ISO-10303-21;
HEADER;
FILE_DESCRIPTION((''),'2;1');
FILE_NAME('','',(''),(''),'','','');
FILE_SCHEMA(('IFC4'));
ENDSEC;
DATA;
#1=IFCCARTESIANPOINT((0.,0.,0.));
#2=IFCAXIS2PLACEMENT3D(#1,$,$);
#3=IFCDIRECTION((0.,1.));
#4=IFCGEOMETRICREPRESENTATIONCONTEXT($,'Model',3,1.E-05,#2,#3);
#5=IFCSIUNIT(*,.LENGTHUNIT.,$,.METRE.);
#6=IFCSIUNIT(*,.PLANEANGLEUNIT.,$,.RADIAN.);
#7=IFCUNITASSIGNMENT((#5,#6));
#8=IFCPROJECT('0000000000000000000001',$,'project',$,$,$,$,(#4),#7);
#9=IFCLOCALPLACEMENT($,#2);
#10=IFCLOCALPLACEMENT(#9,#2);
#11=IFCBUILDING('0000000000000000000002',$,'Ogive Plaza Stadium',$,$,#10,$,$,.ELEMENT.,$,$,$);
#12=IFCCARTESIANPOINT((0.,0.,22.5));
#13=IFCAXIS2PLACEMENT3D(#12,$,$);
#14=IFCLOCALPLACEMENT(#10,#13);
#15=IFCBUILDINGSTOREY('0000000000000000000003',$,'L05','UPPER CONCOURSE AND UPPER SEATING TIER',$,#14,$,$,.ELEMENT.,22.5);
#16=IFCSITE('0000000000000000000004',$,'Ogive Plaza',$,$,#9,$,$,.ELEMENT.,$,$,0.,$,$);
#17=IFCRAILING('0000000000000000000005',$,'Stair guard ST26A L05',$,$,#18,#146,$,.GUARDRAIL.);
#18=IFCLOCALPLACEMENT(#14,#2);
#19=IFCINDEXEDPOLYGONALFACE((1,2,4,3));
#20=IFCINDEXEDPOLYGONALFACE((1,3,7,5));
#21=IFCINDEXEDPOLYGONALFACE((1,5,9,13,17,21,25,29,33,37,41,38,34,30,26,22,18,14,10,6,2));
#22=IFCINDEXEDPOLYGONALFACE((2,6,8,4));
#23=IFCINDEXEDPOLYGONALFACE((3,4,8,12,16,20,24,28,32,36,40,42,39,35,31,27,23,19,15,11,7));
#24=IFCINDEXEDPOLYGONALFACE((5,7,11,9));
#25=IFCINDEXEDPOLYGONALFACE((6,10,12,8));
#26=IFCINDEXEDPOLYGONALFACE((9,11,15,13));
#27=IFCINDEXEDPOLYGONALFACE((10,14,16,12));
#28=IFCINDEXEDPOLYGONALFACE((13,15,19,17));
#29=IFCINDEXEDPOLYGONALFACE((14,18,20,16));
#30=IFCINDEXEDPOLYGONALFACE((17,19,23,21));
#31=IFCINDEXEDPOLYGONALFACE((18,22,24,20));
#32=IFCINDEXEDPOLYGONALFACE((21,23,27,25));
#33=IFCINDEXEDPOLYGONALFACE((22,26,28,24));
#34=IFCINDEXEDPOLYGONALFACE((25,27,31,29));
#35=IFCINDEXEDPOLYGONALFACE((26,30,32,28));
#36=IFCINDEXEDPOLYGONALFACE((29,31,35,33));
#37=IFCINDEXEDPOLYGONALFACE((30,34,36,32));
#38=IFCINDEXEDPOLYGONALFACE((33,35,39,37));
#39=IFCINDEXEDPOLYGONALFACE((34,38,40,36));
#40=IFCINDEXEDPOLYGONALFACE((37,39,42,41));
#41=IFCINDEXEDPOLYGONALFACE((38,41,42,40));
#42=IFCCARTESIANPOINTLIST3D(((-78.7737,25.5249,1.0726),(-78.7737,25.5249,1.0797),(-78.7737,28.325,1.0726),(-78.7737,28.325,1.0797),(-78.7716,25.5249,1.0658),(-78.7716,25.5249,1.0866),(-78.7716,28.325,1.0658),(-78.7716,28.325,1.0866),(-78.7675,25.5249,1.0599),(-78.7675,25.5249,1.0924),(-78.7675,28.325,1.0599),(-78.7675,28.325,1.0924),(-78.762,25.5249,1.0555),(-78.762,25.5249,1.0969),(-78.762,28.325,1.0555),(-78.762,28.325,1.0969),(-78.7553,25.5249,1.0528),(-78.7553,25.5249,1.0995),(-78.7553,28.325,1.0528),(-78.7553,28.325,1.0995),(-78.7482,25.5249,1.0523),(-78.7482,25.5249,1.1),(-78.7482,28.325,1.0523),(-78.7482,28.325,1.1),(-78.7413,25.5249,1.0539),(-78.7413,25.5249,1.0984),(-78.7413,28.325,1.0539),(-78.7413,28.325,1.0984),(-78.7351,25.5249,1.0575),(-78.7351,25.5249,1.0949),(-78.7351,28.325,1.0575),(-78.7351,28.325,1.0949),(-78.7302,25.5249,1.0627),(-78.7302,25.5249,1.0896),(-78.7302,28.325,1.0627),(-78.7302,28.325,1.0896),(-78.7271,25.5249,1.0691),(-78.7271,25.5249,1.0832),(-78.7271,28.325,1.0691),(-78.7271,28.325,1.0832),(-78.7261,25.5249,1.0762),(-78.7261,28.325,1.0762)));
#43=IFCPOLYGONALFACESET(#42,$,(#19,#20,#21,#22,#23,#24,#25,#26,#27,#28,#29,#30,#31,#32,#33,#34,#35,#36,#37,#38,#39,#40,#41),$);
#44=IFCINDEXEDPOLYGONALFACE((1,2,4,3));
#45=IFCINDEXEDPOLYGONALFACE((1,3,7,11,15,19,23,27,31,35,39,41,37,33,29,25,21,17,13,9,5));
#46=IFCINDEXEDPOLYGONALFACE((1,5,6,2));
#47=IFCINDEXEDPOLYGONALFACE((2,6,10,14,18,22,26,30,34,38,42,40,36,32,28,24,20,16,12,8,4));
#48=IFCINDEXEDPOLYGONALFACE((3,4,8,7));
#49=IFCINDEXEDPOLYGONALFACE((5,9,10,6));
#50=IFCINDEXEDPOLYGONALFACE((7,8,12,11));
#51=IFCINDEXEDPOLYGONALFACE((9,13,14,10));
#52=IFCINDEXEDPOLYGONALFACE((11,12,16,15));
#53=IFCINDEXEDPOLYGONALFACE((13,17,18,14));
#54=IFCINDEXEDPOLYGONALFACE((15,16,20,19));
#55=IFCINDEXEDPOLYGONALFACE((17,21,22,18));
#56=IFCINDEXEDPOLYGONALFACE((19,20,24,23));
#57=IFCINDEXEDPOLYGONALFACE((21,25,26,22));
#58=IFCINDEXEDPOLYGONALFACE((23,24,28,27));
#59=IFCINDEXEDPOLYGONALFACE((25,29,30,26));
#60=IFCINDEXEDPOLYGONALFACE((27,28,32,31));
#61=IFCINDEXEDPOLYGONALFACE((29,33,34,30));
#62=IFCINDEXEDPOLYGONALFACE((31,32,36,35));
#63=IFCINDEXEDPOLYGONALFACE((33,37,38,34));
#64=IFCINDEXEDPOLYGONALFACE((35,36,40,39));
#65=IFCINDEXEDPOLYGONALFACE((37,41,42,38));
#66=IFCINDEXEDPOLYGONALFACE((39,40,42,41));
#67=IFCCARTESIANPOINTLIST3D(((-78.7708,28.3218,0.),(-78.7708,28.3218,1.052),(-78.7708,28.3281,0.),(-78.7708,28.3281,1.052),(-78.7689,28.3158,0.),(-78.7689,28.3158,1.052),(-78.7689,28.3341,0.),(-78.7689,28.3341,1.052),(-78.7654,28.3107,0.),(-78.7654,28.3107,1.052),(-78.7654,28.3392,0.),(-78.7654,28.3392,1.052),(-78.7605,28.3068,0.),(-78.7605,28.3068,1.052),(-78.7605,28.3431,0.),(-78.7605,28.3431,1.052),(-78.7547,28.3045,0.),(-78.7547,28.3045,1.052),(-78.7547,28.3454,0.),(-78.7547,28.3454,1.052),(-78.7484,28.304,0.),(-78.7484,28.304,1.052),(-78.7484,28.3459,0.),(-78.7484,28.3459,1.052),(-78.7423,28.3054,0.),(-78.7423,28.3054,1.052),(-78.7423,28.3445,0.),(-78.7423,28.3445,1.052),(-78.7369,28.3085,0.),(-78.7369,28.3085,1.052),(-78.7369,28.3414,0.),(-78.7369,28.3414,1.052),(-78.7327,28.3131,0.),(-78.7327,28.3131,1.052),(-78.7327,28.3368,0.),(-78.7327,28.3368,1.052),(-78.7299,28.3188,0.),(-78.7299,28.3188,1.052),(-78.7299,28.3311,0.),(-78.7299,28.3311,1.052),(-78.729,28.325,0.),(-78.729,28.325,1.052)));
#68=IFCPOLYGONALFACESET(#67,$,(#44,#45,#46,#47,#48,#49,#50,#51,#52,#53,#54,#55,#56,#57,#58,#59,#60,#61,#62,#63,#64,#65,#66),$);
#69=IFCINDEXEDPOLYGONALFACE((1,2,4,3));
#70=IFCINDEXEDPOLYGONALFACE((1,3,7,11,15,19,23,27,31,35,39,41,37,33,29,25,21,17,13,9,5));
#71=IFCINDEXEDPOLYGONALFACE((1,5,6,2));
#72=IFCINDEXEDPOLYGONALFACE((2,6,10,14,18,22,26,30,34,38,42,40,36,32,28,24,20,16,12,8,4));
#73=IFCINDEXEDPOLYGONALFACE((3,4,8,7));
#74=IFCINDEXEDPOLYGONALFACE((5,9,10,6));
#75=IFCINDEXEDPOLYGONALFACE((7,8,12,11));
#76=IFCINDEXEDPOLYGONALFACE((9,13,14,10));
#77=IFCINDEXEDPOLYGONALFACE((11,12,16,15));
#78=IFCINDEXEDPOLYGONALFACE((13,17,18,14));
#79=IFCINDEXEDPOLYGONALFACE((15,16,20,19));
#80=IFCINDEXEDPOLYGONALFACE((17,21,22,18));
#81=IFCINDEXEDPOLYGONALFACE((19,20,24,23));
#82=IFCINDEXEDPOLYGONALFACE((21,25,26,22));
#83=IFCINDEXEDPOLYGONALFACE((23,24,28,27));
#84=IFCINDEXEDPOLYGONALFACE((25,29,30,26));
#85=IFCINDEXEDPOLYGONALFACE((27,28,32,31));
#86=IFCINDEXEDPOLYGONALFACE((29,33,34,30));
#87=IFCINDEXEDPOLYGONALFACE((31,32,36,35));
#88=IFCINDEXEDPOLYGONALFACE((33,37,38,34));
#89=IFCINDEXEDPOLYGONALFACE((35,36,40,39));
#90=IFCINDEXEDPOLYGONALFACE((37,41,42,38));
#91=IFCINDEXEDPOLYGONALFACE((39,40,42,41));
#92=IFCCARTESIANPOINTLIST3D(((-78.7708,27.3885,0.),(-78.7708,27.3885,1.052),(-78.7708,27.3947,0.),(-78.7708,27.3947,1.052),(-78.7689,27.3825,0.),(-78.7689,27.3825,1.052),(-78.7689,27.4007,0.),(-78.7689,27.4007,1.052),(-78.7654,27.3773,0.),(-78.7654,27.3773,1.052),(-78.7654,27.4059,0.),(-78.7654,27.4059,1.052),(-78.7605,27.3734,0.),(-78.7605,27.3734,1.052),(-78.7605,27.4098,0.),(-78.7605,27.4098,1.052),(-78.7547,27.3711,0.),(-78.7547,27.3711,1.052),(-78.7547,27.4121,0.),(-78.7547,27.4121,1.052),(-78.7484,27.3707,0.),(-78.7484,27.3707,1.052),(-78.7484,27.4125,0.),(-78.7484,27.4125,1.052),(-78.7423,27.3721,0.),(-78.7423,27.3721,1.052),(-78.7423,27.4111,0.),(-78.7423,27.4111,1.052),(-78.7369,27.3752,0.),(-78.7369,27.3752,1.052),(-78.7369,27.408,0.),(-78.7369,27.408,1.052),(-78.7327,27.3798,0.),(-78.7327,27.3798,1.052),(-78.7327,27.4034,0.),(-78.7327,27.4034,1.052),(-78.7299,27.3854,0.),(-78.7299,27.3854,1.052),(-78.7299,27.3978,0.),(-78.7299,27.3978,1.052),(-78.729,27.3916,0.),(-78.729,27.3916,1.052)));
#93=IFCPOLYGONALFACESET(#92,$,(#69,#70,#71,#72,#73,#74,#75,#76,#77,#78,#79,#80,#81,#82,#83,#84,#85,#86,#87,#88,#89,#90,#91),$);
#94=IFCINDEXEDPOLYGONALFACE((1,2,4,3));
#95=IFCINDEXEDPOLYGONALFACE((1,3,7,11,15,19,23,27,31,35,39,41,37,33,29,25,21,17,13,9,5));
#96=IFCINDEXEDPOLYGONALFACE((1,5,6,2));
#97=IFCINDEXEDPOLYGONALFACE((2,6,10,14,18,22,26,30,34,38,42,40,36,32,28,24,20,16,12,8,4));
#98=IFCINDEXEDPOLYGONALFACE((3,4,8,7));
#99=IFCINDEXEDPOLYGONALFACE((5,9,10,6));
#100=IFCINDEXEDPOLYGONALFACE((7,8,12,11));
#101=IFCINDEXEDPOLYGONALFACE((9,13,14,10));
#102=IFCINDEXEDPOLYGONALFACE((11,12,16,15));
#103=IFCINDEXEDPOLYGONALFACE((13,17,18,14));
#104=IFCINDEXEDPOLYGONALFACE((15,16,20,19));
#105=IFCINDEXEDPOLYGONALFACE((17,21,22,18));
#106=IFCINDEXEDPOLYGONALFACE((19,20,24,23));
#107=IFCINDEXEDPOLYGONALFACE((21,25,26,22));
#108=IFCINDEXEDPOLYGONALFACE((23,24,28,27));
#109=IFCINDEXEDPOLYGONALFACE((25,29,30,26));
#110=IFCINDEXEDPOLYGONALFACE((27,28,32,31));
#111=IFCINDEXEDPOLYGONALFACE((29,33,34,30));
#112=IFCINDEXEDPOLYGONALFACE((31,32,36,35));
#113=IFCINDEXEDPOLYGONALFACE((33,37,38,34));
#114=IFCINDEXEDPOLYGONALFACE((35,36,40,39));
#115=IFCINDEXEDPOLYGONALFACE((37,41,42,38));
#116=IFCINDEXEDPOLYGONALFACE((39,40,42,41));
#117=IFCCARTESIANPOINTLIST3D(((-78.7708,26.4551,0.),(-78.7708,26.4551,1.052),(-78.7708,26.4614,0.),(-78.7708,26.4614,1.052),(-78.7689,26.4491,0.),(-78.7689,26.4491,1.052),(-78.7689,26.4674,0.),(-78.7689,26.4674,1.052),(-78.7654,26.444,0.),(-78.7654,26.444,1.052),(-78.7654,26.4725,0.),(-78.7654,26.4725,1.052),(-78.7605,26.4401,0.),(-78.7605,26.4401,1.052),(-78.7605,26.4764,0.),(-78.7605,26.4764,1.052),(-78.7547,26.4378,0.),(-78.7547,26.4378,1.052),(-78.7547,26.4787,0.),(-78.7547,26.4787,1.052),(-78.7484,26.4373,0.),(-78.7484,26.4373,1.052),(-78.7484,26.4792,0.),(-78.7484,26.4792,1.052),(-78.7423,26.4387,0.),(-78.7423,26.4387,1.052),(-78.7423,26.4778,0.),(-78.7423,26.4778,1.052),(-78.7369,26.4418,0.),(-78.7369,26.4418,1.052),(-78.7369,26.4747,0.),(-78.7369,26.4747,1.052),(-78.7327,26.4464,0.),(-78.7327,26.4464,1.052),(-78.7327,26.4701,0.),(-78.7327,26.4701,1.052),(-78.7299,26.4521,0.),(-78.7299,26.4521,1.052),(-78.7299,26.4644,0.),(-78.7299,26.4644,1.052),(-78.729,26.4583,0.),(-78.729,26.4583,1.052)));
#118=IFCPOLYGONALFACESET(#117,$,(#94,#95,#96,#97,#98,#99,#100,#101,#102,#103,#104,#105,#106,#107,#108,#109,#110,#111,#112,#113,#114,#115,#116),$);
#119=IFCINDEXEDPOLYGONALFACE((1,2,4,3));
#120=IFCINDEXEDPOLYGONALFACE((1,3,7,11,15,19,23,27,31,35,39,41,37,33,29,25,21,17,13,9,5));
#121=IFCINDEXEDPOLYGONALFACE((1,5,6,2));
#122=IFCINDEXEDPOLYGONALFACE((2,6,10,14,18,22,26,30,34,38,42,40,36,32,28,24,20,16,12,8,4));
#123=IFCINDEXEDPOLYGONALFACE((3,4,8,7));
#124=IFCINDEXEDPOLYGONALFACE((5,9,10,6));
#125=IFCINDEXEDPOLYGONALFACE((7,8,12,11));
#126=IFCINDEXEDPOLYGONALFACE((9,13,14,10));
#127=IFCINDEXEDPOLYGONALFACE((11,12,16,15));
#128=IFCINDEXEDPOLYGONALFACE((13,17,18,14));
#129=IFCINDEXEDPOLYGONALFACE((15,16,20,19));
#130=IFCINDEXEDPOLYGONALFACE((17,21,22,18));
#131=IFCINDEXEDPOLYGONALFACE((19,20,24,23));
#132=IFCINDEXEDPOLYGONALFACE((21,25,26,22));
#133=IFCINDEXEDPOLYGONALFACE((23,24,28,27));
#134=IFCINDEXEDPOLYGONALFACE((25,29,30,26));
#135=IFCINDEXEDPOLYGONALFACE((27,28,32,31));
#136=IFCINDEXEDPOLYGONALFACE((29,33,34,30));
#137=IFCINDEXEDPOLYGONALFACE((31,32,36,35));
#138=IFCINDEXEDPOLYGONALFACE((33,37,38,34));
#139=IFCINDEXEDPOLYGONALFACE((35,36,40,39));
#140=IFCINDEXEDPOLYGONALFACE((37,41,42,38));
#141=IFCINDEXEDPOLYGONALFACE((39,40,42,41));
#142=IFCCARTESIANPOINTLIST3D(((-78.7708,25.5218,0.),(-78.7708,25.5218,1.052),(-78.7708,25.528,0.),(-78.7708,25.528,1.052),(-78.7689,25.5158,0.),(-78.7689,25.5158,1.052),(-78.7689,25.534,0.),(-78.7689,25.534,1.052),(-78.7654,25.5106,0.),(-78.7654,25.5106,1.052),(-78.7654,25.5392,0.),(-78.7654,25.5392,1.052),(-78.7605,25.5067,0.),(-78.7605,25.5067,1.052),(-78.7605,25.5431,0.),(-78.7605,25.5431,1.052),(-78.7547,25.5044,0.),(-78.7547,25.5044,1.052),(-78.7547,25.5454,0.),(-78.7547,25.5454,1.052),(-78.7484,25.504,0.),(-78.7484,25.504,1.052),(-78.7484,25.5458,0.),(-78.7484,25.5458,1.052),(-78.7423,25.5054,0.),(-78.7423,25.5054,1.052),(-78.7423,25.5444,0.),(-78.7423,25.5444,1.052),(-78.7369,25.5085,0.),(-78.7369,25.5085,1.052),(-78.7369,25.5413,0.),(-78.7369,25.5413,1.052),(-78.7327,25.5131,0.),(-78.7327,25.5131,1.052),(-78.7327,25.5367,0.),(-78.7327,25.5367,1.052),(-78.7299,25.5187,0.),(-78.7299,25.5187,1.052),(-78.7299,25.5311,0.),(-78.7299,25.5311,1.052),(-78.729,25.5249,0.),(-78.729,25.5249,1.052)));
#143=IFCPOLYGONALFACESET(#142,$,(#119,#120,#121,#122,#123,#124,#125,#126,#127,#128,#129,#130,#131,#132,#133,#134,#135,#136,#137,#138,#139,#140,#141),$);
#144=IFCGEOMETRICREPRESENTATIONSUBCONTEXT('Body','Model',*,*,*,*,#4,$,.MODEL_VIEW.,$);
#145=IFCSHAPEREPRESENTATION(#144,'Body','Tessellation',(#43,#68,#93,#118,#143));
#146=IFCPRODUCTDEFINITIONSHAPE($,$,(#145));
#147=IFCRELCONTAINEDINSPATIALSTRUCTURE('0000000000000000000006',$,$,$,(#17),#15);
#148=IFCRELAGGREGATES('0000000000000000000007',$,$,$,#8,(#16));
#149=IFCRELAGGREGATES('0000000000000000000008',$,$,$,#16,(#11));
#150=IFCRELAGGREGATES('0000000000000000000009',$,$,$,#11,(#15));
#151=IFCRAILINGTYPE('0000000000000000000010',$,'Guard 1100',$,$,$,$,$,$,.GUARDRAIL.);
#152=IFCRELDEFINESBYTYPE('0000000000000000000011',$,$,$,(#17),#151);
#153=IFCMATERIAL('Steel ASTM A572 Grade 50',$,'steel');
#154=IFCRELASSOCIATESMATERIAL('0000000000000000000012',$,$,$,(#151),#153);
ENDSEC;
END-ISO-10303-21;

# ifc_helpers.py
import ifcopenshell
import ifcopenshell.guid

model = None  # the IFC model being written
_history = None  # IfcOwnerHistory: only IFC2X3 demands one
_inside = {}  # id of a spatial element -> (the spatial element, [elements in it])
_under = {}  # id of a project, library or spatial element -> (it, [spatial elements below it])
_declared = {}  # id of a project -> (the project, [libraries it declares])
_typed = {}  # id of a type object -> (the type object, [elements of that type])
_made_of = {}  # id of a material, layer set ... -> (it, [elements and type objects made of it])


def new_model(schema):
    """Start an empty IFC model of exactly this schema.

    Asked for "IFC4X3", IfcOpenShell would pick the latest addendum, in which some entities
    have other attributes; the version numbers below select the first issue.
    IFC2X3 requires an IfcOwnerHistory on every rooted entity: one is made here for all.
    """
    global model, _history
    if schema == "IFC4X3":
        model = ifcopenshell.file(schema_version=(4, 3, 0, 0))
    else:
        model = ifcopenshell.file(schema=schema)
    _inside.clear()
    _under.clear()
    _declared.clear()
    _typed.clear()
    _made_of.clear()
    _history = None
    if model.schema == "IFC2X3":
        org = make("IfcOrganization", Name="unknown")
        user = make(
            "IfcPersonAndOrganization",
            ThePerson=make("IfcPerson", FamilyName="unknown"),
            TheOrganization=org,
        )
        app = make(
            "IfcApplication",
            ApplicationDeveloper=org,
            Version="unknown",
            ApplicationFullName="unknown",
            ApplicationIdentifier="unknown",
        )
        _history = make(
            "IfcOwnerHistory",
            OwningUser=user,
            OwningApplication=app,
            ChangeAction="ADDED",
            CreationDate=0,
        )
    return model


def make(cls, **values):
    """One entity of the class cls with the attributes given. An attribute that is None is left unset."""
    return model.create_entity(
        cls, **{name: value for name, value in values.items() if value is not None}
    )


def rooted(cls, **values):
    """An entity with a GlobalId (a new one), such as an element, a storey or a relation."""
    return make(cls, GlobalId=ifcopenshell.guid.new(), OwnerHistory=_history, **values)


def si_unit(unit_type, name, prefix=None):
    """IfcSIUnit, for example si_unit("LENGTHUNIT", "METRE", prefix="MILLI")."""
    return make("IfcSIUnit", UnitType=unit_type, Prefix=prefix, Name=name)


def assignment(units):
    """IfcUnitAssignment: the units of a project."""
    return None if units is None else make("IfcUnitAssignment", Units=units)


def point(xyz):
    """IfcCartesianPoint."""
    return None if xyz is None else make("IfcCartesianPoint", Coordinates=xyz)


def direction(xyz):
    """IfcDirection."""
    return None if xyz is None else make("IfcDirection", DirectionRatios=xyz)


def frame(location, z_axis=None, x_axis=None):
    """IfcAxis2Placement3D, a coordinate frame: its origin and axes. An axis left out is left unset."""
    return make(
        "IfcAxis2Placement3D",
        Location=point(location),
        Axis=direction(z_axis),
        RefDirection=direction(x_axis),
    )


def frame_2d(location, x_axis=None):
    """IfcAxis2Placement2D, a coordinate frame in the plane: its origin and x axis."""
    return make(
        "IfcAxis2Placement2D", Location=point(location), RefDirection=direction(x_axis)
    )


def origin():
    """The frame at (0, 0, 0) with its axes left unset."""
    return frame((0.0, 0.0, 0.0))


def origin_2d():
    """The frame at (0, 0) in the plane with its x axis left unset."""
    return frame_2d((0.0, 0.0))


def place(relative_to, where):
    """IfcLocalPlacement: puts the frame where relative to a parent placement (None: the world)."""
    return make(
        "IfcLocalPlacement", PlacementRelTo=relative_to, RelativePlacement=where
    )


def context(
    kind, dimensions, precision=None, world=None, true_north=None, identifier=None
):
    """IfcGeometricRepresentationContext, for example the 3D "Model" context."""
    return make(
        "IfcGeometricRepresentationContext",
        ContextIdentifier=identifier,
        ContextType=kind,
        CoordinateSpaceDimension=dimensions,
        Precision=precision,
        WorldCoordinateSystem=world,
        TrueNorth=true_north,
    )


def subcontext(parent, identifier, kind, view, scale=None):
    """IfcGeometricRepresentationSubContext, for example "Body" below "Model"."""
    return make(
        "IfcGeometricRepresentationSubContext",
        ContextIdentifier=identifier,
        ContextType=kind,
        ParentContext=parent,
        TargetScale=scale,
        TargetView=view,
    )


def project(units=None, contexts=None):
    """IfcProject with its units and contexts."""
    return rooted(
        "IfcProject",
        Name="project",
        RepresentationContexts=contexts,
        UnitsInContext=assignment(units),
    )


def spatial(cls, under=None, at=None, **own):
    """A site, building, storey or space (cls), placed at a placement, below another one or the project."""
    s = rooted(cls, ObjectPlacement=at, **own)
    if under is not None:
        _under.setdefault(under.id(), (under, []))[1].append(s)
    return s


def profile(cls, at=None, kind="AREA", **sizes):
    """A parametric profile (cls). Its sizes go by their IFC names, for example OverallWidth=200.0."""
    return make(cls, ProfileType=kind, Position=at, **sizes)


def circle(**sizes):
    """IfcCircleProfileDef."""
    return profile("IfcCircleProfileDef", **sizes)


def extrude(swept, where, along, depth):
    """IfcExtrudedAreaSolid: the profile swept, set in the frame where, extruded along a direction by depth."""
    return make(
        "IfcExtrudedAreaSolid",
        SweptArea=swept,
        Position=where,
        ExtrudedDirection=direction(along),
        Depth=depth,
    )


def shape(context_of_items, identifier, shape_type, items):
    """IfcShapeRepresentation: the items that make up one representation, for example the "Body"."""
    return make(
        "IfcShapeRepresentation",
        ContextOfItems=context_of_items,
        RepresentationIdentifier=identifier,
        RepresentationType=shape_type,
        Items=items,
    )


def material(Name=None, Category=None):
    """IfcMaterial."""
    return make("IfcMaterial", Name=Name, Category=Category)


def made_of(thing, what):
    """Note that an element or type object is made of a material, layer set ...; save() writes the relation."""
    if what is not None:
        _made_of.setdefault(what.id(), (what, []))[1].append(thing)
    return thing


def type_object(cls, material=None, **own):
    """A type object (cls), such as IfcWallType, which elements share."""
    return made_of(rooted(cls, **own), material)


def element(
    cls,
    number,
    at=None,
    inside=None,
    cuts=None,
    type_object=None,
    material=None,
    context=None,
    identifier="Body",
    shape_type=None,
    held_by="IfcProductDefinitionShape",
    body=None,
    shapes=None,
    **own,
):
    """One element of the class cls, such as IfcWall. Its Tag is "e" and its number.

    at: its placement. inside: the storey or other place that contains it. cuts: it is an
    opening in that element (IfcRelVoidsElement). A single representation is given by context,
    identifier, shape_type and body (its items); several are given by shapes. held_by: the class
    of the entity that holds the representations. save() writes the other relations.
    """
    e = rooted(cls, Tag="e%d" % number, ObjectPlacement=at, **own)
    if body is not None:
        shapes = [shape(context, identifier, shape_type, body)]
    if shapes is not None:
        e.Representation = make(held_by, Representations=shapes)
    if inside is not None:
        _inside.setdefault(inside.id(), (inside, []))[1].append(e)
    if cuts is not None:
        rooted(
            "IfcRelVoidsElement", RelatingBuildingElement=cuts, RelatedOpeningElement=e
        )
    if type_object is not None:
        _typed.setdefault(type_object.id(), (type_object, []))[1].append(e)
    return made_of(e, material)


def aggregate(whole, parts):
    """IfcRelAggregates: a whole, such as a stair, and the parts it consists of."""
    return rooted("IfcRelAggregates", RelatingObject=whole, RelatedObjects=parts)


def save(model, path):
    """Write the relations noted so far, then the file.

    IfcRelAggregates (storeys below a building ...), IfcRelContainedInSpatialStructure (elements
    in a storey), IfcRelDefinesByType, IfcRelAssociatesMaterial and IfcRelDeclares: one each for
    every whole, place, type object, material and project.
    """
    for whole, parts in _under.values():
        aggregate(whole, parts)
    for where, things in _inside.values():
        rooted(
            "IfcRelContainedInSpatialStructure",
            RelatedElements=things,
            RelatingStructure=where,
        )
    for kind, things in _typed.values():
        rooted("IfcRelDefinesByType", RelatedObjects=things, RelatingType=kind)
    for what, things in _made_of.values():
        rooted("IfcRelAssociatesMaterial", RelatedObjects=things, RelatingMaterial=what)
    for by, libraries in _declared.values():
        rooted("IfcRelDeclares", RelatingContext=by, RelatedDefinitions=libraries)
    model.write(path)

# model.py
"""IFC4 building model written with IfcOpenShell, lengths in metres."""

from ifc_helpers import new_model, si_unit, direction, frame, origin, origin_2d, place, context, subcontext, project, spatial, circle, extrude, material, type_object, element, save


model = new_model("IFC4")

# Units and contexts
model_context = context("Model", 3, precision=1e-05, world=origin(), true_north=direction((0.0, 1.0)))
body_context = subcontext(model_context, "Body", "Model", "MODEL_VIEW")
ifc_project = project(units=[si_unit("LENGTHUNIT", "METRE"), si_unit("PLANEANGLEUNIT", "RADIAN")], contexts=[model_context])

# Site, building, storey
site_placement = place(None, origin())
site = spatial("IfcSite", under=ifc_project, at=site_placement, Name="Ogive Plaza", CompositionType="ELEMENT", RefElevation=0.0)
building_placement = place(site_placement, origin())
building = spatial("IfcBuilding", under=site, at=building_placement, Name="Ogive Plaza Stadium", CompositionType="ELEMENT")
storey_placement = place(building_placement, frame((0.0, 0.0, 22.5)))
storey = spatial("IfcBuildingStorey", under=building, at=storey_placement, Name="L05", Description="UPPER CONCOURSE AND UPPER SEATING TIER", CompositionType="ELEMENT", Elevation=22.5)

# Railing
ifc_material_1 = material(Name="Steel ASTM A572 Grade 50", Category="steel")
railing_type_1 = type_object("IfcRailingType", Name="Guard 1100", PredefinedType="GUARDRAIL", material=ifc_material_1)
for number, where, name in (
    (1, (-78.75, 28.325, 0.0), "Stair guard ST26A L05"),
):
    element("IfcRailing", number, at=place(storey_placement, frame(where)), inside=storey, type_object=railing_type_1, Name=name, PredefinedType="GUARDRAIL", context=body_context, shape_type="SweptSolid", body=[
        extrude(circle(Radius=0.0239, at=origin_2d()), frame((0.0, 0.0, 1.0762), z_axis=(0.0, -1.0, 0.0), x_axis=(1.0, 0.0, 0.0)), (0.0, 0.0, 1.0), 2.8),
        extrude(circle(Radius=0.021, at=origin_2d()), origin(), (0.0, 0.0, 1.0), 1.052),
        extrude(circle(Radius=0.021, at=origin_2d()), frame((0.0, -0.9333, 0.0)), (0.0, 0.0, 1.0), 1.052),
        extrude(circle(Radius=0.021, at=origin_2d()), frame((0.0, -1.8667, 0.0)), (0.0, 0.0, 1.0), 1.052),
        extrude(circle(Radius=0.021, at=origin_2d()), frame((0.0, -2.8, 0.0)), (0.0, 0.0, 1.0), 1.052),
    ])

save(model, "model.ifc")
